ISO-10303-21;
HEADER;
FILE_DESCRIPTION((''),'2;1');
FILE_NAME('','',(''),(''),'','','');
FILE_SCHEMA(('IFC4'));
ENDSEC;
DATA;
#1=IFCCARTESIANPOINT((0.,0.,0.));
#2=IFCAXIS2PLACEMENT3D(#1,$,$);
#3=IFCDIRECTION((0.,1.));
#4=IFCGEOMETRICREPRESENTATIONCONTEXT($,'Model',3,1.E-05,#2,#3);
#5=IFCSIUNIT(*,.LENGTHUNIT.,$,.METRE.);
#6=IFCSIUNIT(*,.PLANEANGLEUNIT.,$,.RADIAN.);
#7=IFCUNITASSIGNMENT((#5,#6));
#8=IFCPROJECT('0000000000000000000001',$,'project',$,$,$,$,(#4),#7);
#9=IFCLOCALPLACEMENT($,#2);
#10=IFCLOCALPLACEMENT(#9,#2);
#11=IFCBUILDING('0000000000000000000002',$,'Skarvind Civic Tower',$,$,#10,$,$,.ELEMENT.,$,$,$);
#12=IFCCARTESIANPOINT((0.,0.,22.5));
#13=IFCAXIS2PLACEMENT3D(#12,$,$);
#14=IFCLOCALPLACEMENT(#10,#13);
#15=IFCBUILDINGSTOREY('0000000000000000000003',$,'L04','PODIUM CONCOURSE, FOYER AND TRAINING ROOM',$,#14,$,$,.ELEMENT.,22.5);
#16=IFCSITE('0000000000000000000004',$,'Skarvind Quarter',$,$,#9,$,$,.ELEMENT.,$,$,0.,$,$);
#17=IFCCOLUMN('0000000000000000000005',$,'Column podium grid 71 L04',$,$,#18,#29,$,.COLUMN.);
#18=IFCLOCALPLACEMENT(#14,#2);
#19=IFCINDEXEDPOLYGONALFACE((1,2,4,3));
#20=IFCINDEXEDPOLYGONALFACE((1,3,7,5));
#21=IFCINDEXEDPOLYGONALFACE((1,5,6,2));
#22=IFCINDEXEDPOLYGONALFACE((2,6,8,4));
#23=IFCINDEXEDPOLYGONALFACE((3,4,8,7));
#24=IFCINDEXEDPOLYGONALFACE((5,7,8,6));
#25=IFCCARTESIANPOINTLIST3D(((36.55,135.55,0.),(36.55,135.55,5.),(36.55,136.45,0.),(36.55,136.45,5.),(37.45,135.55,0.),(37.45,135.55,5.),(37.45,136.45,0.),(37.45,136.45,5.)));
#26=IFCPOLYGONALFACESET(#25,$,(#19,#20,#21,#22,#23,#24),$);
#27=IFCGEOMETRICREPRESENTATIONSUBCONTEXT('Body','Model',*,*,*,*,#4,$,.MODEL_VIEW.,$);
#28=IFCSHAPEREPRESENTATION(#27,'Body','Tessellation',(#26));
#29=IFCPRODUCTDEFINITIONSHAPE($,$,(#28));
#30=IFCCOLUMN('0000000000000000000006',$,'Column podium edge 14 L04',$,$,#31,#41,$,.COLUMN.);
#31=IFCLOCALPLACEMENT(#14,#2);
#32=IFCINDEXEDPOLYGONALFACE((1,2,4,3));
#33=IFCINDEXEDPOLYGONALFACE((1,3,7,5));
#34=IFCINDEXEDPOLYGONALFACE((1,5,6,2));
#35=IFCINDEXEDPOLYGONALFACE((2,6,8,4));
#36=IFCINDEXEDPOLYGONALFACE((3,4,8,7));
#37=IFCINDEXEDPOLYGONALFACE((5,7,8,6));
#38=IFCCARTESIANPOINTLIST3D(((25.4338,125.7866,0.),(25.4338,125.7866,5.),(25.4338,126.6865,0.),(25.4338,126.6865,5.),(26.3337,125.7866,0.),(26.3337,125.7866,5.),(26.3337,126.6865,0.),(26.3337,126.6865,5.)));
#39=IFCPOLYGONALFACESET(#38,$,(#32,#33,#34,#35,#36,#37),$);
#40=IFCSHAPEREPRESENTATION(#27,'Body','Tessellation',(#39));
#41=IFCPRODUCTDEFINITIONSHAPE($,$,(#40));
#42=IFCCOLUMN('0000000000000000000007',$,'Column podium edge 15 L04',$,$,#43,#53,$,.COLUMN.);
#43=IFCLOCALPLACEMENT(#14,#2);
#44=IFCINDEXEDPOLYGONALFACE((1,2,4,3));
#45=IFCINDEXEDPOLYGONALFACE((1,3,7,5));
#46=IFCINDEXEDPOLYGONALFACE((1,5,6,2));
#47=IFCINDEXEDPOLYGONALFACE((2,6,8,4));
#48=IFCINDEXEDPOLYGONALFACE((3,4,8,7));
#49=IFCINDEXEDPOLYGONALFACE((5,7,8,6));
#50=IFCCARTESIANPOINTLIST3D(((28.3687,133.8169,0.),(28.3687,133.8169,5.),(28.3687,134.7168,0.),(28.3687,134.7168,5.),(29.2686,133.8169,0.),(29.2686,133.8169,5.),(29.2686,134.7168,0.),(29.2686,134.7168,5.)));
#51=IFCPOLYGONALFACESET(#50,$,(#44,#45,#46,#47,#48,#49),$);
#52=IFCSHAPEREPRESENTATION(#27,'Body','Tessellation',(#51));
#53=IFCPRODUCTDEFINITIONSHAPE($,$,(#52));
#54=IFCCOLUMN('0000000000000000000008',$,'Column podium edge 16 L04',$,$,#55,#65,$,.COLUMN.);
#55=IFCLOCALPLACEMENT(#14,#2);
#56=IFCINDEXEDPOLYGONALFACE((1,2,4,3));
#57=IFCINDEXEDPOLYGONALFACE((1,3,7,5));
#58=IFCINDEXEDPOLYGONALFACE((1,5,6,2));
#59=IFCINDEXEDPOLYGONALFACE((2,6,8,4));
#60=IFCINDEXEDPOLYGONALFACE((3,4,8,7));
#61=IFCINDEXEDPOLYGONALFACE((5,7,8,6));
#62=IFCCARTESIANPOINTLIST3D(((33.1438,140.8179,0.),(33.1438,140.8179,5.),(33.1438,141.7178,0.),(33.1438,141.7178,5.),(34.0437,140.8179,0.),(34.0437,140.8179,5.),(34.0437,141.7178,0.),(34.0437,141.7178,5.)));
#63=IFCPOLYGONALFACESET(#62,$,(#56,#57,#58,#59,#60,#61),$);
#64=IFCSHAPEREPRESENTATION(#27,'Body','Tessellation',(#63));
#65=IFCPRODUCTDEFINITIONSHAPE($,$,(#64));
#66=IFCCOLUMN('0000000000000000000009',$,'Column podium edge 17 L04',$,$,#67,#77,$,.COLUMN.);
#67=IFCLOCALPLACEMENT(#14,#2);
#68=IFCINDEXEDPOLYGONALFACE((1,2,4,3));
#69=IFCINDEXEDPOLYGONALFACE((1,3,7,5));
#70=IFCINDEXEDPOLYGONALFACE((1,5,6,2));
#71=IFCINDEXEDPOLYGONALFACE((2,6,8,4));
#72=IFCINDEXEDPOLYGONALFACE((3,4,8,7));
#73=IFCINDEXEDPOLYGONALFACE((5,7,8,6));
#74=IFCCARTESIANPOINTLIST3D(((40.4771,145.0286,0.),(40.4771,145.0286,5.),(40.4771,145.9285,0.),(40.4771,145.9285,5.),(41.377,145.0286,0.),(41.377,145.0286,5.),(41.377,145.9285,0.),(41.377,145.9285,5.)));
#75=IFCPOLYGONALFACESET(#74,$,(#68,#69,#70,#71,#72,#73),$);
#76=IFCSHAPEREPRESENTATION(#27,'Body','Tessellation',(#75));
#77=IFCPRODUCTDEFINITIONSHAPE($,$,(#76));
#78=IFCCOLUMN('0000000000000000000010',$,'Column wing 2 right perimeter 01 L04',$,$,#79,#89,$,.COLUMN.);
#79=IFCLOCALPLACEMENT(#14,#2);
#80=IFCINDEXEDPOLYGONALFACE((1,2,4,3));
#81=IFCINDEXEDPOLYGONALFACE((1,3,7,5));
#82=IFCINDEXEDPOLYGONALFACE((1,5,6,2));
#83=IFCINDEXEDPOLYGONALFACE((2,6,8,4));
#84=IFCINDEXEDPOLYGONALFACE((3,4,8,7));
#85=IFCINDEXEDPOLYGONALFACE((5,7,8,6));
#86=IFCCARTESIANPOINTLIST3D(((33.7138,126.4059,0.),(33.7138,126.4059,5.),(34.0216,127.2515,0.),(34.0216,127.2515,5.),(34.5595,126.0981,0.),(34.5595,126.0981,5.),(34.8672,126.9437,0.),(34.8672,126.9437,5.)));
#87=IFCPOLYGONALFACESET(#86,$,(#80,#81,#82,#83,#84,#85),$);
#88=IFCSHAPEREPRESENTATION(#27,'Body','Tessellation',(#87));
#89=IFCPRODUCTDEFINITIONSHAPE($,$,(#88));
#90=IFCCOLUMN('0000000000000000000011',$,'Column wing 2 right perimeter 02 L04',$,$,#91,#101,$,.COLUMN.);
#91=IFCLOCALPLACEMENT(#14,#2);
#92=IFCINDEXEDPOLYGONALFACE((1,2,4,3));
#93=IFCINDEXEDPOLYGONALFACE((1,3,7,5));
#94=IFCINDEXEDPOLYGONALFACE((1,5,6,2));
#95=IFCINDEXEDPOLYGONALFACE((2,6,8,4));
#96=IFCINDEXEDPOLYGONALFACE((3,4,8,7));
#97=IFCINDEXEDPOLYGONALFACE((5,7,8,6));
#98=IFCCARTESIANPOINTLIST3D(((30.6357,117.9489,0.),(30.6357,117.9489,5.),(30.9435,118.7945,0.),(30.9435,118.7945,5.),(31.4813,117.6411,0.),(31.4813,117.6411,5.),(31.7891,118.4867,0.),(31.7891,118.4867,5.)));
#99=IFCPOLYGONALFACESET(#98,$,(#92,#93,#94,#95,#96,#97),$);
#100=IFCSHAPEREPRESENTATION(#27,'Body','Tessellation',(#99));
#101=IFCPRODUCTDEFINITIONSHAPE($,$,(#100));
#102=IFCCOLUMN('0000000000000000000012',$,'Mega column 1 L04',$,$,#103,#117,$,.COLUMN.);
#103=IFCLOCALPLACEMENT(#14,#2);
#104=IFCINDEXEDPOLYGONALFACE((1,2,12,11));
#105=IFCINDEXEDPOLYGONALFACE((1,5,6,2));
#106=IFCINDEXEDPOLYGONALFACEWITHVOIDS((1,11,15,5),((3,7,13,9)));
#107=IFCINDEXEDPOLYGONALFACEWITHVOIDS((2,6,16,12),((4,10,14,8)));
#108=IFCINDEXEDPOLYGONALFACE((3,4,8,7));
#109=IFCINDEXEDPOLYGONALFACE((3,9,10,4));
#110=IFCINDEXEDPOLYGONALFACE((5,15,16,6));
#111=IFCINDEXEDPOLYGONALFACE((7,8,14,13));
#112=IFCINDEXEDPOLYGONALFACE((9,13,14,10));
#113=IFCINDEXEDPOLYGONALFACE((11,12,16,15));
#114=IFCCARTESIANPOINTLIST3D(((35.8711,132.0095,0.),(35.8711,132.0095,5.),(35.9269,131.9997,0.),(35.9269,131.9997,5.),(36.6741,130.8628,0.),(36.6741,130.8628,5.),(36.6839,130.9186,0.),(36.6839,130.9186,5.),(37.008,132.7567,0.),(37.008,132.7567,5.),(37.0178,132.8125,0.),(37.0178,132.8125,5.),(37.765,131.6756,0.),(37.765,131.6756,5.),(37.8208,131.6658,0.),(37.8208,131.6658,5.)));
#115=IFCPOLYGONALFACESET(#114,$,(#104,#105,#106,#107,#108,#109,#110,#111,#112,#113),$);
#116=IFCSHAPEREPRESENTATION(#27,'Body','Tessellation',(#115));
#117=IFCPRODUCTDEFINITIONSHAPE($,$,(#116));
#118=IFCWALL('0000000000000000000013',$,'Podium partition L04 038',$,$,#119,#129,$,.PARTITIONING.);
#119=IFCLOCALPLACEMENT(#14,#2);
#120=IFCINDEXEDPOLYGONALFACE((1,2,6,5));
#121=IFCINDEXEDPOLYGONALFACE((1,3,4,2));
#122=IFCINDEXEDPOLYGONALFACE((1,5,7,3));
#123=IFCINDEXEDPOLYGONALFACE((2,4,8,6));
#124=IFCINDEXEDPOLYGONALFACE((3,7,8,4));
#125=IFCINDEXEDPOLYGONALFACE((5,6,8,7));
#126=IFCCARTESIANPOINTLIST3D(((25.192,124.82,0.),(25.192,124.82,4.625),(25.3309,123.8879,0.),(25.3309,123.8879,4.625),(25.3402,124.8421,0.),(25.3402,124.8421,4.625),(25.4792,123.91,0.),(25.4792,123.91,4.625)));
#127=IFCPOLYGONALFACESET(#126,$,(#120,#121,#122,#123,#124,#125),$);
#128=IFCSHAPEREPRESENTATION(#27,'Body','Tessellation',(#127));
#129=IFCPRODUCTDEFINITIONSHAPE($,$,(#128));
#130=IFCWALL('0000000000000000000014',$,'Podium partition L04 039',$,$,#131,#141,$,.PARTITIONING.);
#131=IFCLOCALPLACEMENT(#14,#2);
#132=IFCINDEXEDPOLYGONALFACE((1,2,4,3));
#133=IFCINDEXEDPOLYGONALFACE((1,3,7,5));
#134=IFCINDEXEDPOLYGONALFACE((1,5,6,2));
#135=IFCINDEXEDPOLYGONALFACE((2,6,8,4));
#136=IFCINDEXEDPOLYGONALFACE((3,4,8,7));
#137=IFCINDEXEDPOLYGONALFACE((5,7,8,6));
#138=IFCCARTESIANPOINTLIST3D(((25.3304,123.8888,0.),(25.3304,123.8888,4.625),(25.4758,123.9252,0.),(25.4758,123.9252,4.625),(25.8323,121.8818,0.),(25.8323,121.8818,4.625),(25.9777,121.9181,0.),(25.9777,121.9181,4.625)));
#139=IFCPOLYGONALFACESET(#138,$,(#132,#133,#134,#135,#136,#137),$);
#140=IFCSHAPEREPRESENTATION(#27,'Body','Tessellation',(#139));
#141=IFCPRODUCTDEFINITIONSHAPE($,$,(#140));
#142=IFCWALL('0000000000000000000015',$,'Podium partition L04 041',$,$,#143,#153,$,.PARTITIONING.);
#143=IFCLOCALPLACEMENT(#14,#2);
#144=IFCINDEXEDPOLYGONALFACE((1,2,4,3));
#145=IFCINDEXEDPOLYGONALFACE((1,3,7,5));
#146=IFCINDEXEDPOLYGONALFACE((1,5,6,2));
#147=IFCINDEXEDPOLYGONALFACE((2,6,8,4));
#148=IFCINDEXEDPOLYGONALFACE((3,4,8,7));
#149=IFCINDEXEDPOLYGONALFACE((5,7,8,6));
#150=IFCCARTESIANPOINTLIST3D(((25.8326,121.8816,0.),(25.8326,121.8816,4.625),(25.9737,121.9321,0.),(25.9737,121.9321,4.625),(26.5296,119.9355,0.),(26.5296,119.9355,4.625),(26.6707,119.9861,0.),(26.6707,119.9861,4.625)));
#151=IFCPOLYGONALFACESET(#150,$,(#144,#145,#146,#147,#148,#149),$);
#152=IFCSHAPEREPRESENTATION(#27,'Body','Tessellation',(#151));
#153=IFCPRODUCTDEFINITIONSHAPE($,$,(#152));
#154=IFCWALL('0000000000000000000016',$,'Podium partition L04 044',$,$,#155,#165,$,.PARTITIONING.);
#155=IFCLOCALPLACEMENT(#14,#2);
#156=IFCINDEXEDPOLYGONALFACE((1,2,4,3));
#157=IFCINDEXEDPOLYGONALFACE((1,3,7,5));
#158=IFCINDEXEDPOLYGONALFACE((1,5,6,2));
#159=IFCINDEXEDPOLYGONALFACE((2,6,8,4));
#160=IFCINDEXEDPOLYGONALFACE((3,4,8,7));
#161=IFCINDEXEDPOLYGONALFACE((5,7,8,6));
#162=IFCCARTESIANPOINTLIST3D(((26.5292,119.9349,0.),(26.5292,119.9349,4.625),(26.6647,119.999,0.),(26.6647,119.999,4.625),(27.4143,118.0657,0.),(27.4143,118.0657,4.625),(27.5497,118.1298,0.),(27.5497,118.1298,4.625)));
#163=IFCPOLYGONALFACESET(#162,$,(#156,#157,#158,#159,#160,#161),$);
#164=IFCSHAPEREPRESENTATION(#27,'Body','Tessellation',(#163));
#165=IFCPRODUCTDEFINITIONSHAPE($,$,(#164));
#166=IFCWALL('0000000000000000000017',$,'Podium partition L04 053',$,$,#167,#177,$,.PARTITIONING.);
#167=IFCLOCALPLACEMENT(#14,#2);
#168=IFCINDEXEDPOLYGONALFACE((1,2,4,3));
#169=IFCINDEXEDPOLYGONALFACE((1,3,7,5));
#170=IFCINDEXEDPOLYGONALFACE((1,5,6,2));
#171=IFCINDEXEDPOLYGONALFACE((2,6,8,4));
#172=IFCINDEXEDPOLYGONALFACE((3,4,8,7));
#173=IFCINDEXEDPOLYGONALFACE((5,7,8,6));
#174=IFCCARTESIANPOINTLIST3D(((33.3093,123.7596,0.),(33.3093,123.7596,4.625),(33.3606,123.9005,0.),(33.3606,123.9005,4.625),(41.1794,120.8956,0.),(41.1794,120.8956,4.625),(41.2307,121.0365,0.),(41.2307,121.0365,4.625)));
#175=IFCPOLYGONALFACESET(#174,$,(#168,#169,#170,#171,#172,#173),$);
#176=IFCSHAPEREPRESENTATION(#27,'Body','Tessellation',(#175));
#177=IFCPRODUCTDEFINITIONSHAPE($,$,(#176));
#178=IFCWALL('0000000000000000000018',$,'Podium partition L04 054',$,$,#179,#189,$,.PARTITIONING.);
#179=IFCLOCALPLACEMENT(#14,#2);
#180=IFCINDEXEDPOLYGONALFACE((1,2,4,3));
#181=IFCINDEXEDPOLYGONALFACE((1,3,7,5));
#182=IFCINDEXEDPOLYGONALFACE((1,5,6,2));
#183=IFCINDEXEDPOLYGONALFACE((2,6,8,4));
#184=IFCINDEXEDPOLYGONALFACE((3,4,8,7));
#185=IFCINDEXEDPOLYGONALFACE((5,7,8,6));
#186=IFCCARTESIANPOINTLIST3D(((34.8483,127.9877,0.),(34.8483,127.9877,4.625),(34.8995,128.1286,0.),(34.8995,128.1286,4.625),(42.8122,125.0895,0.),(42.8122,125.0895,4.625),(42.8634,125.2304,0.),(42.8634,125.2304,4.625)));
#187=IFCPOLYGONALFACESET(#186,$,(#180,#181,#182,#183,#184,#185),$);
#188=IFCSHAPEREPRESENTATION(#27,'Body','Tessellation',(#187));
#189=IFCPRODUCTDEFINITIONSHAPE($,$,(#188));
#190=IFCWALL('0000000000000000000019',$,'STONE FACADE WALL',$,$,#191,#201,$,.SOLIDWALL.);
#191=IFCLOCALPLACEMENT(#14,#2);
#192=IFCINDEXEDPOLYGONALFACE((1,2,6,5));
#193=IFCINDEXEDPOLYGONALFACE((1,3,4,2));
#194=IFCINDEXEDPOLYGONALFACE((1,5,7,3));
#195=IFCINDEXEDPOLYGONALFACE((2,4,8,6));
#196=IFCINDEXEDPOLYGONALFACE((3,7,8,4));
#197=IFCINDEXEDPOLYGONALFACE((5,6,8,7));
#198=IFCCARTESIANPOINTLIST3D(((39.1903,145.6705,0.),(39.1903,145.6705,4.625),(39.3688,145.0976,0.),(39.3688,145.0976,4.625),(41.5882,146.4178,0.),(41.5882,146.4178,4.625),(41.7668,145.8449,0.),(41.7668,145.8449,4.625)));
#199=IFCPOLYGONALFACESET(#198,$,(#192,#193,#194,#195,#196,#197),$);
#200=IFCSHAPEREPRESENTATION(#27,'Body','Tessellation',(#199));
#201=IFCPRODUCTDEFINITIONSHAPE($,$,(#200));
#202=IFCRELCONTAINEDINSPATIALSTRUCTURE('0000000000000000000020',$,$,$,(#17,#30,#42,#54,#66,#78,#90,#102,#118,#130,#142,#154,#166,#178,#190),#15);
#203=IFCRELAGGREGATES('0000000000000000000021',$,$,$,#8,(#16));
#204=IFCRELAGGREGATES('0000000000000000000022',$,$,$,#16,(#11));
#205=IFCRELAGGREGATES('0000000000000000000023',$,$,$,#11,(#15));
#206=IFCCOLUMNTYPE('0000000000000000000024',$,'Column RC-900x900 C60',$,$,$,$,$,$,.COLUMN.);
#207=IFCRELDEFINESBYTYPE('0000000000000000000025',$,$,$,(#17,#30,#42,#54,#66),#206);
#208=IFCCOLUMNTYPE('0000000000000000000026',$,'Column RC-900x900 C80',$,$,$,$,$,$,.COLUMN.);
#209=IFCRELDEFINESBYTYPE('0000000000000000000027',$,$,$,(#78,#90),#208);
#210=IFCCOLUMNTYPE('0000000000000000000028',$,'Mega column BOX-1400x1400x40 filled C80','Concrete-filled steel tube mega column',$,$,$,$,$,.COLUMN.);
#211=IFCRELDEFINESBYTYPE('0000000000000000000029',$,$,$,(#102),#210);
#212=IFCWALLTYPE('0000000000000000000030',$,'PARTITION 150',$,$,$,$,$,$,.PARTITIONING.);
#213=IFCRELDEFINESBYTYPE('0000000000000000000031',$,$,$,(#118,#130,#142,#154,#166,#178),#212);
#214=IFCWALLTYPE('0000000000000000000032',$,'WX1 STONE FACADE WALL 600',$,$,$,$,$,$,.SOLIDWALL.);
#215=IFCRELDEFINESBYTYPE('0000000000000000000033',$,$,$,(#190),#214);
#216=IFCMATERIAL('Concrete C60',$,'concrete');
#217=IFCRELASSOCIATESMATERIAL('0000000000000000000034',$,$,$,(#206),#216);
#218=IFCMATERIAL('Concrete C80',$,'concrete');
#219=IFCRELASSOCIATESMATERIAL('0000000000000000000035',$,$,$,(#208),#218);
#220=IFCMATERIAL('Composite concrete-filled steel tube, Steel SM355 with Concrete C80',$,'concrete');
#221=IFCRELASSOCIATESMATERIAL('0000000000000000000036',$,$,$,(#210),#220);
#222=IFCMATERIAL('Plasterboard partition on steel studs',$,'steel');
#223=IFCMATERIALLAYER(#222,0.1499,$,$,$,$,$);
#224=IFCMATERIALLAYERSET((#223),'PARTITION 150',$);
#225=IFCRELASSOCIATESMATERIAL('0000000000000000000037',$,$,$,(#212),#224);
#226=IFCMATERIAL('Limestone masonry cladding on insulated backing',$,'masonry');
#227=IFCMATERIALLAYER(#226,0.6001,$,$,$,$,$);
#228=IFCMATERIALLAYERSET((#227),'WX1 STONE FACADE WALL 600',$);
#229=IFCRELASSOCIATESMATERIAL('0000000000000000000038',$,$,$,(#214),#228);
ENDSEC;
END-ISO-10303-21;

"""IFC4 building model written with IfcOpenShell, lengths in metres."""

from ifc_helpers import new_model, si_unit, direction, frame, frame_2d, origin, origin_2d, place, context, subcontext, project, spatial, rectangle, hollow_rectangle, extrude, material, layer, layer_set, material_profile, profile_set, type_object, element, save


model = new_model("IFC4")

# Units and contexts
model_context = context("Model", 3, precision=1e-05, world=origin(), true_north=direction((0.0, 1.0)))
body_context = subcontext(model_context, "Body", "Model", "MODEL_VIEW")
ifc_project = project(units=[si_unit("LENGTHUNIT", "METRE"), si_unit("PLANEANGLEUNIT", "RADIAN")], contexts=[model_context])

# Site, building, storey
site_placement = place(None, origin())
site = spatial("IfcSite", under=ifc_project, at=site_placement, Name="Skarvind Quarter", CompositionType="ELEMENT", RefElevation=0.0)
building_placement = place(site_placement, origin())
building = spatial("IfcBuilding", under=site, at=building_placement, Name="Skarvind Civic Tower", CompositionType="ELEMENT")
storey_placement = place(building_placement, frame((0.0, 0.0, 22.5)))
storey = spatial("IfcBuildingStorey", under=building, at=storey_placement, Name="L04", Description="PODIUM CONCOURSE, FOYER AND TRAINING ROOM", CompositionType="ELEMENT", Elevation=22.5)

# Columns
ifc_material_1 = material(Name="Concrete C60", Category="concrete")
ifc_material_profile_1 = material_profile(ifc_material_1, rectangle(XDim=0.8999, YDim=0.8999, at=origin_2d()), Name="RC-900x900")
ifc_profile_set_1 = profile_set([ifc_material_profile_1], Name="Concrete C60")
column_type_1 = type_object("IfcColumnType", Name="Column RC-900x900 C60", PredefinedType="COLUMN", material=ifc_profile_set_1)
for number, where, z_axis, x_axis, name in (
    (1, (37.0, 136.0, 0.0), (0.0, 0.0, 1.0), (1.0, 0.0, 0.0), "Column podium grid 71 L04"),
    (2, (25.8838, 126.2366, 0.0), (0.0, 0.0, 1.0), (1.0, 0.0, 0.0), "Column podium edge 14 L04"),
    (3, (28.8186, 134.2668, 0.0), (0.0, 0.0, 1.0), (1.0, 0.0, 0.0), "Column podium edge 15 L04"),
    (4, (33.5938, 141.2678, 0.0), (0.0, 0.0, 1.0), (1.0, 0.0, 0.0), "Column podium edge 16 L04"),
    (5, (40.927, 145.4785, 0.0), (0.0, 0.0, 1.0), (1.0, 0.0, 0.0), "Column podium edge 17 L04"),
):
    element("IfcColumn", number, at=place(storey_placement, frame(where, z_axis=z_axis, x_axis=x_axis)), inside=storey, type_object=column_type_1, Name=name, PredefinedType="COLUMN", context=body_context, shape_type="SweptSolid", body=[
        extrude(rectangle(XDim=0.8999, YDim=0.8999, at=origin_2d()), origin(), (0.0, 0.0, 1.0), 5.0),
    ])
ifc_material_2 = material(Name="Concrete C80", Category="concrete")
ifc_material_profile_2 = material_profile(ifc_material_2, rectangle(XDim=0.8999, YDim=0.8999, at=origin_2d()), Name="RC-900x900")
ifc_profile_set_2 = profile_set([ifc_material_profile_2], Name="Concrete C80")
column_type_2 = type_object("IfcColumnType", Name="Column RC-900x900 C80", PredefinedType="COLUMN", material=ifc_profile_set_2)
for number, where, z_axis, x_axis, name in (
    (6, (34.2905, 126.6748, 0.0), (0.0, 0.0, 1.0), (-0.34202, -0.939693, 0.0), "Column wing 2 right perimeter 01 L04"),
    (7, (31.2124, 118.2178, 0.0), (0.0, 0.0, 1.0), (-0.34202, -0.939693, 0.0), "Column wing 2 right perimeter 02 L04"),
):
    element("IfcColumn", number, at=place(storey_placement, frame(where, z_axis=z_axis, x_axis=x_axis)), inside=storey, type_object=column_type_2, Name=name, PredefinedType="COLUMN", context=body_context, shape_type="SweptSolid", body=[
        extrude(rectangle(XDim=0.8999, YDim=0.8999, at=origin_2d()), origin(), (0.0, 0.0, 1.0), 5.0),
    ])
ifc_material_3 = material(Name="Composite concrete-filled steel tube, Steel SM355 with Concrete C80", Category="concrete")
ifc_material_profile_3 = material_profile(ifc_material_3, hollow_rectangle(XDim=1.3999, YDim=1.3999, WallThickness=0.04, at=origin_2d()), Name="BOX-1400x1400x40")
ifc_profile_set_3 = profile_set([ifc_material_profile_3], Name="Composite concrete-filled steel tube, Steel SM355 with Concrete C80")
column_type_3 = type_object("IfcColumnType", Name="Mega column BOX-1400x1400x40 filled C80", Description="Concrete-filled steel tube mega column", PredefinedType="COLUMN", material=ifc_profile_set_3)
column_placement = place(storey_placement, frame((36.8459, 131.8376, 0.0), z_axis=(0.0, 0.0, 1.0), x_axis=(0.573576, -0.819152, 0.0)))
element("IfcColumn", 8, at=column_placement, inside=storey, type_object=column_type_3, Name="Mega column 1 L04", PredefinedType="COLUMN", context=body_context, shape_type="SweptSolid", body=[
    extrude(hollow_rectangle(XDim=1.3999, YDim=1.3999, WallThickness=0.04, at=origin_2d()), origin(), (0.0, 0.0, 1.0), 5.0),
])

# Walls
ifc_material_4 = material(Name="Plasterboard partition on steel studs", Category="steel")
ifc_layer_1 = layer(ifc_material_4, 0.1499)
ifc_layer_set_1 = layer_set([ifc_layer_1], Name="PARTITION 150")
wall_type_1 = type_object("IfcWallType", Name="PARTITION 150", PredefinedType="PARTITIONING", material=ifc_layer_set_1)
wall_1_placement = place(storey_placement, frame((25.2661, 124.8311, 0.0), z_axis=(0.0, 0.0, 1.0), x_axis=(0.147403, -0.989077, 0.0)))
element("IfcWall", 9, at=wall_1_placement, inside=storey, type_object=wall_type_1, Name="Podium partition L04 038", PredefinedType="PARTITIONING", context=body_context, shape_type="SweptSolid", body=[
    extrude(rectangle(XDim=0.9424, YDim=0.1499, at=frame_2d((0.4712, 0.0))), origin(), (0.0, 0.0, 1.0), 4.625),
])
wall_2_placement = place(storey_placement, frame((25.4031, 123.907, 0.0), z_axis=(0.0, 0.0, 1.0), x_axis=(0.242619, -0.970122, 0.0)))
element("IfcWall", 10, at=wall_2_placement, inside=storey, type_object=wall_type_1, Name="Podium partition L04 039", PredefinedType="PARTITIONING", context=body_context, shape_type="SweptSolid", body=[
    extrude(rectangle(XDim=2.0688, YDim=0.1499, at=frame_2d((1.0344, 0.0))), origin(), (0.0, 0.0, 1.0), 4.625),
])
wall_3_placement = place(storey_placement, frame((25.9031, 121.907, 0.0), z_axis=(0.0, 0.0, 1.0), x_axis=(0.337197, -0.941434, 0.0)))
element("IfcWall", 11, at=wall_3_placement, inside=storey, type_object=wall_type_1, Name="Podium partition L04 041", PredefinedType="PARTITIONING", context=body_context, shape_type="SweptSolid", body=[
    extrude(rectangle(XDim=2.0671, YDim=0.1499, at=frame_2d((1.0337, 0.0))), origin(), (0.0, 0.0, 1.0), 4.625),
])
wall_4_placement = place(storey_placement, frame((26.5969, 119.967, 0.0), z_axis=(0.0, 0.0, 1.0), x_axis=(0.427939, -0.903808, 0.0)))
element("IfcWall", 12, at=wall_4_placement, inside=storey, type_object=wall_type_1, Name="Podium partition L04 044", PredefinedType="PARTITIONING", context=body_context, shape_type="SweptSolid", body=[
    extrude(rectangle(XDim=2.0681, YDim=0.1499, at=frame_2d((1.0342, 0.0))), origin(), (0.0, 0.0, 1.0), 4.625),
])
wall_5_placement = place(storey_placement, frame((33.335, 123.8301, 0.0), z_axis=(0.0, 0.0, 1.0), x_axis=(0.939711, -0.34197, 0.0)))
element("IfcWall", 13, at=wall_5_placement, inside=storey, type_object=wall_type_1, Name="Podium partition L04 053", PredefinedType="PARTITIONING", context=body_context, shape_type="SweptSolid", body=[
    extrude(rectangle(XDim=8.375, YDim=0.1499, at=frame_2d((4.1875, 0.0))), origin(), (0.0, 0.0, 1.0), 4.625),
])
wall_6_placement = place(storey_placement, frame((34.874, 128.0581, 0.0), z_axis=(0.0, 0.0, 1.0), x_axis=(0.939708, -0.341977, 0.0)))
element("IfcWall", 14, at=wall_6_placement, inside=storey, type_object=wall_type_1, Name="Podium partition L04 054", PredefinedType="PARTITIONING", context=body_context, shape_type="SweptSolid", body=[
    extrude(rectangle(XDim=8.4749, YDim=0.1499, at=frame_2d((4.2373, 0.0))), origin(), (0.0, 0.0, 1.0), 4.625),
])
ifc_material_5 = material(Name="Limestone masonry cladding on insulated backing", Category="masonry")
ifc_layer_2 = layer(ifc_material_5, 0.6001)
ifc_layer_set_2 = layer_set([ifc_layer_2], Name="WX1 STONE FACADE WALL 600")
wall_type_2 = type_object("IfcWallType", Name="WX1 STONE FACADE WALL 600", PredefinedType="SOLIDWALL", material=ifc_layer_set_2)
wall_7_placement = place(storey_placement, frame((39.2795, 145.384, 0.0), z_axis=(0.0, 0.0, 1.0), x_axis=(0.954711, 0.297533, 0.0)))
element("IfcWall", 15, at=wall_7_placement, inside=storey, type_object=wall_type_2, Name="STONE FACADE WALL", PredefinedType="SOLIDWALL", context=body_context, shape_type="SweptSolid", body=[
    extrude(rectangle(XDim=2.5117, YDim=0.6001, at=frame_2d((1.2559, 0.0))), origin(), (0.0, 0.0, 1.0), 4.625),
])

save(model, "model.ifc")
